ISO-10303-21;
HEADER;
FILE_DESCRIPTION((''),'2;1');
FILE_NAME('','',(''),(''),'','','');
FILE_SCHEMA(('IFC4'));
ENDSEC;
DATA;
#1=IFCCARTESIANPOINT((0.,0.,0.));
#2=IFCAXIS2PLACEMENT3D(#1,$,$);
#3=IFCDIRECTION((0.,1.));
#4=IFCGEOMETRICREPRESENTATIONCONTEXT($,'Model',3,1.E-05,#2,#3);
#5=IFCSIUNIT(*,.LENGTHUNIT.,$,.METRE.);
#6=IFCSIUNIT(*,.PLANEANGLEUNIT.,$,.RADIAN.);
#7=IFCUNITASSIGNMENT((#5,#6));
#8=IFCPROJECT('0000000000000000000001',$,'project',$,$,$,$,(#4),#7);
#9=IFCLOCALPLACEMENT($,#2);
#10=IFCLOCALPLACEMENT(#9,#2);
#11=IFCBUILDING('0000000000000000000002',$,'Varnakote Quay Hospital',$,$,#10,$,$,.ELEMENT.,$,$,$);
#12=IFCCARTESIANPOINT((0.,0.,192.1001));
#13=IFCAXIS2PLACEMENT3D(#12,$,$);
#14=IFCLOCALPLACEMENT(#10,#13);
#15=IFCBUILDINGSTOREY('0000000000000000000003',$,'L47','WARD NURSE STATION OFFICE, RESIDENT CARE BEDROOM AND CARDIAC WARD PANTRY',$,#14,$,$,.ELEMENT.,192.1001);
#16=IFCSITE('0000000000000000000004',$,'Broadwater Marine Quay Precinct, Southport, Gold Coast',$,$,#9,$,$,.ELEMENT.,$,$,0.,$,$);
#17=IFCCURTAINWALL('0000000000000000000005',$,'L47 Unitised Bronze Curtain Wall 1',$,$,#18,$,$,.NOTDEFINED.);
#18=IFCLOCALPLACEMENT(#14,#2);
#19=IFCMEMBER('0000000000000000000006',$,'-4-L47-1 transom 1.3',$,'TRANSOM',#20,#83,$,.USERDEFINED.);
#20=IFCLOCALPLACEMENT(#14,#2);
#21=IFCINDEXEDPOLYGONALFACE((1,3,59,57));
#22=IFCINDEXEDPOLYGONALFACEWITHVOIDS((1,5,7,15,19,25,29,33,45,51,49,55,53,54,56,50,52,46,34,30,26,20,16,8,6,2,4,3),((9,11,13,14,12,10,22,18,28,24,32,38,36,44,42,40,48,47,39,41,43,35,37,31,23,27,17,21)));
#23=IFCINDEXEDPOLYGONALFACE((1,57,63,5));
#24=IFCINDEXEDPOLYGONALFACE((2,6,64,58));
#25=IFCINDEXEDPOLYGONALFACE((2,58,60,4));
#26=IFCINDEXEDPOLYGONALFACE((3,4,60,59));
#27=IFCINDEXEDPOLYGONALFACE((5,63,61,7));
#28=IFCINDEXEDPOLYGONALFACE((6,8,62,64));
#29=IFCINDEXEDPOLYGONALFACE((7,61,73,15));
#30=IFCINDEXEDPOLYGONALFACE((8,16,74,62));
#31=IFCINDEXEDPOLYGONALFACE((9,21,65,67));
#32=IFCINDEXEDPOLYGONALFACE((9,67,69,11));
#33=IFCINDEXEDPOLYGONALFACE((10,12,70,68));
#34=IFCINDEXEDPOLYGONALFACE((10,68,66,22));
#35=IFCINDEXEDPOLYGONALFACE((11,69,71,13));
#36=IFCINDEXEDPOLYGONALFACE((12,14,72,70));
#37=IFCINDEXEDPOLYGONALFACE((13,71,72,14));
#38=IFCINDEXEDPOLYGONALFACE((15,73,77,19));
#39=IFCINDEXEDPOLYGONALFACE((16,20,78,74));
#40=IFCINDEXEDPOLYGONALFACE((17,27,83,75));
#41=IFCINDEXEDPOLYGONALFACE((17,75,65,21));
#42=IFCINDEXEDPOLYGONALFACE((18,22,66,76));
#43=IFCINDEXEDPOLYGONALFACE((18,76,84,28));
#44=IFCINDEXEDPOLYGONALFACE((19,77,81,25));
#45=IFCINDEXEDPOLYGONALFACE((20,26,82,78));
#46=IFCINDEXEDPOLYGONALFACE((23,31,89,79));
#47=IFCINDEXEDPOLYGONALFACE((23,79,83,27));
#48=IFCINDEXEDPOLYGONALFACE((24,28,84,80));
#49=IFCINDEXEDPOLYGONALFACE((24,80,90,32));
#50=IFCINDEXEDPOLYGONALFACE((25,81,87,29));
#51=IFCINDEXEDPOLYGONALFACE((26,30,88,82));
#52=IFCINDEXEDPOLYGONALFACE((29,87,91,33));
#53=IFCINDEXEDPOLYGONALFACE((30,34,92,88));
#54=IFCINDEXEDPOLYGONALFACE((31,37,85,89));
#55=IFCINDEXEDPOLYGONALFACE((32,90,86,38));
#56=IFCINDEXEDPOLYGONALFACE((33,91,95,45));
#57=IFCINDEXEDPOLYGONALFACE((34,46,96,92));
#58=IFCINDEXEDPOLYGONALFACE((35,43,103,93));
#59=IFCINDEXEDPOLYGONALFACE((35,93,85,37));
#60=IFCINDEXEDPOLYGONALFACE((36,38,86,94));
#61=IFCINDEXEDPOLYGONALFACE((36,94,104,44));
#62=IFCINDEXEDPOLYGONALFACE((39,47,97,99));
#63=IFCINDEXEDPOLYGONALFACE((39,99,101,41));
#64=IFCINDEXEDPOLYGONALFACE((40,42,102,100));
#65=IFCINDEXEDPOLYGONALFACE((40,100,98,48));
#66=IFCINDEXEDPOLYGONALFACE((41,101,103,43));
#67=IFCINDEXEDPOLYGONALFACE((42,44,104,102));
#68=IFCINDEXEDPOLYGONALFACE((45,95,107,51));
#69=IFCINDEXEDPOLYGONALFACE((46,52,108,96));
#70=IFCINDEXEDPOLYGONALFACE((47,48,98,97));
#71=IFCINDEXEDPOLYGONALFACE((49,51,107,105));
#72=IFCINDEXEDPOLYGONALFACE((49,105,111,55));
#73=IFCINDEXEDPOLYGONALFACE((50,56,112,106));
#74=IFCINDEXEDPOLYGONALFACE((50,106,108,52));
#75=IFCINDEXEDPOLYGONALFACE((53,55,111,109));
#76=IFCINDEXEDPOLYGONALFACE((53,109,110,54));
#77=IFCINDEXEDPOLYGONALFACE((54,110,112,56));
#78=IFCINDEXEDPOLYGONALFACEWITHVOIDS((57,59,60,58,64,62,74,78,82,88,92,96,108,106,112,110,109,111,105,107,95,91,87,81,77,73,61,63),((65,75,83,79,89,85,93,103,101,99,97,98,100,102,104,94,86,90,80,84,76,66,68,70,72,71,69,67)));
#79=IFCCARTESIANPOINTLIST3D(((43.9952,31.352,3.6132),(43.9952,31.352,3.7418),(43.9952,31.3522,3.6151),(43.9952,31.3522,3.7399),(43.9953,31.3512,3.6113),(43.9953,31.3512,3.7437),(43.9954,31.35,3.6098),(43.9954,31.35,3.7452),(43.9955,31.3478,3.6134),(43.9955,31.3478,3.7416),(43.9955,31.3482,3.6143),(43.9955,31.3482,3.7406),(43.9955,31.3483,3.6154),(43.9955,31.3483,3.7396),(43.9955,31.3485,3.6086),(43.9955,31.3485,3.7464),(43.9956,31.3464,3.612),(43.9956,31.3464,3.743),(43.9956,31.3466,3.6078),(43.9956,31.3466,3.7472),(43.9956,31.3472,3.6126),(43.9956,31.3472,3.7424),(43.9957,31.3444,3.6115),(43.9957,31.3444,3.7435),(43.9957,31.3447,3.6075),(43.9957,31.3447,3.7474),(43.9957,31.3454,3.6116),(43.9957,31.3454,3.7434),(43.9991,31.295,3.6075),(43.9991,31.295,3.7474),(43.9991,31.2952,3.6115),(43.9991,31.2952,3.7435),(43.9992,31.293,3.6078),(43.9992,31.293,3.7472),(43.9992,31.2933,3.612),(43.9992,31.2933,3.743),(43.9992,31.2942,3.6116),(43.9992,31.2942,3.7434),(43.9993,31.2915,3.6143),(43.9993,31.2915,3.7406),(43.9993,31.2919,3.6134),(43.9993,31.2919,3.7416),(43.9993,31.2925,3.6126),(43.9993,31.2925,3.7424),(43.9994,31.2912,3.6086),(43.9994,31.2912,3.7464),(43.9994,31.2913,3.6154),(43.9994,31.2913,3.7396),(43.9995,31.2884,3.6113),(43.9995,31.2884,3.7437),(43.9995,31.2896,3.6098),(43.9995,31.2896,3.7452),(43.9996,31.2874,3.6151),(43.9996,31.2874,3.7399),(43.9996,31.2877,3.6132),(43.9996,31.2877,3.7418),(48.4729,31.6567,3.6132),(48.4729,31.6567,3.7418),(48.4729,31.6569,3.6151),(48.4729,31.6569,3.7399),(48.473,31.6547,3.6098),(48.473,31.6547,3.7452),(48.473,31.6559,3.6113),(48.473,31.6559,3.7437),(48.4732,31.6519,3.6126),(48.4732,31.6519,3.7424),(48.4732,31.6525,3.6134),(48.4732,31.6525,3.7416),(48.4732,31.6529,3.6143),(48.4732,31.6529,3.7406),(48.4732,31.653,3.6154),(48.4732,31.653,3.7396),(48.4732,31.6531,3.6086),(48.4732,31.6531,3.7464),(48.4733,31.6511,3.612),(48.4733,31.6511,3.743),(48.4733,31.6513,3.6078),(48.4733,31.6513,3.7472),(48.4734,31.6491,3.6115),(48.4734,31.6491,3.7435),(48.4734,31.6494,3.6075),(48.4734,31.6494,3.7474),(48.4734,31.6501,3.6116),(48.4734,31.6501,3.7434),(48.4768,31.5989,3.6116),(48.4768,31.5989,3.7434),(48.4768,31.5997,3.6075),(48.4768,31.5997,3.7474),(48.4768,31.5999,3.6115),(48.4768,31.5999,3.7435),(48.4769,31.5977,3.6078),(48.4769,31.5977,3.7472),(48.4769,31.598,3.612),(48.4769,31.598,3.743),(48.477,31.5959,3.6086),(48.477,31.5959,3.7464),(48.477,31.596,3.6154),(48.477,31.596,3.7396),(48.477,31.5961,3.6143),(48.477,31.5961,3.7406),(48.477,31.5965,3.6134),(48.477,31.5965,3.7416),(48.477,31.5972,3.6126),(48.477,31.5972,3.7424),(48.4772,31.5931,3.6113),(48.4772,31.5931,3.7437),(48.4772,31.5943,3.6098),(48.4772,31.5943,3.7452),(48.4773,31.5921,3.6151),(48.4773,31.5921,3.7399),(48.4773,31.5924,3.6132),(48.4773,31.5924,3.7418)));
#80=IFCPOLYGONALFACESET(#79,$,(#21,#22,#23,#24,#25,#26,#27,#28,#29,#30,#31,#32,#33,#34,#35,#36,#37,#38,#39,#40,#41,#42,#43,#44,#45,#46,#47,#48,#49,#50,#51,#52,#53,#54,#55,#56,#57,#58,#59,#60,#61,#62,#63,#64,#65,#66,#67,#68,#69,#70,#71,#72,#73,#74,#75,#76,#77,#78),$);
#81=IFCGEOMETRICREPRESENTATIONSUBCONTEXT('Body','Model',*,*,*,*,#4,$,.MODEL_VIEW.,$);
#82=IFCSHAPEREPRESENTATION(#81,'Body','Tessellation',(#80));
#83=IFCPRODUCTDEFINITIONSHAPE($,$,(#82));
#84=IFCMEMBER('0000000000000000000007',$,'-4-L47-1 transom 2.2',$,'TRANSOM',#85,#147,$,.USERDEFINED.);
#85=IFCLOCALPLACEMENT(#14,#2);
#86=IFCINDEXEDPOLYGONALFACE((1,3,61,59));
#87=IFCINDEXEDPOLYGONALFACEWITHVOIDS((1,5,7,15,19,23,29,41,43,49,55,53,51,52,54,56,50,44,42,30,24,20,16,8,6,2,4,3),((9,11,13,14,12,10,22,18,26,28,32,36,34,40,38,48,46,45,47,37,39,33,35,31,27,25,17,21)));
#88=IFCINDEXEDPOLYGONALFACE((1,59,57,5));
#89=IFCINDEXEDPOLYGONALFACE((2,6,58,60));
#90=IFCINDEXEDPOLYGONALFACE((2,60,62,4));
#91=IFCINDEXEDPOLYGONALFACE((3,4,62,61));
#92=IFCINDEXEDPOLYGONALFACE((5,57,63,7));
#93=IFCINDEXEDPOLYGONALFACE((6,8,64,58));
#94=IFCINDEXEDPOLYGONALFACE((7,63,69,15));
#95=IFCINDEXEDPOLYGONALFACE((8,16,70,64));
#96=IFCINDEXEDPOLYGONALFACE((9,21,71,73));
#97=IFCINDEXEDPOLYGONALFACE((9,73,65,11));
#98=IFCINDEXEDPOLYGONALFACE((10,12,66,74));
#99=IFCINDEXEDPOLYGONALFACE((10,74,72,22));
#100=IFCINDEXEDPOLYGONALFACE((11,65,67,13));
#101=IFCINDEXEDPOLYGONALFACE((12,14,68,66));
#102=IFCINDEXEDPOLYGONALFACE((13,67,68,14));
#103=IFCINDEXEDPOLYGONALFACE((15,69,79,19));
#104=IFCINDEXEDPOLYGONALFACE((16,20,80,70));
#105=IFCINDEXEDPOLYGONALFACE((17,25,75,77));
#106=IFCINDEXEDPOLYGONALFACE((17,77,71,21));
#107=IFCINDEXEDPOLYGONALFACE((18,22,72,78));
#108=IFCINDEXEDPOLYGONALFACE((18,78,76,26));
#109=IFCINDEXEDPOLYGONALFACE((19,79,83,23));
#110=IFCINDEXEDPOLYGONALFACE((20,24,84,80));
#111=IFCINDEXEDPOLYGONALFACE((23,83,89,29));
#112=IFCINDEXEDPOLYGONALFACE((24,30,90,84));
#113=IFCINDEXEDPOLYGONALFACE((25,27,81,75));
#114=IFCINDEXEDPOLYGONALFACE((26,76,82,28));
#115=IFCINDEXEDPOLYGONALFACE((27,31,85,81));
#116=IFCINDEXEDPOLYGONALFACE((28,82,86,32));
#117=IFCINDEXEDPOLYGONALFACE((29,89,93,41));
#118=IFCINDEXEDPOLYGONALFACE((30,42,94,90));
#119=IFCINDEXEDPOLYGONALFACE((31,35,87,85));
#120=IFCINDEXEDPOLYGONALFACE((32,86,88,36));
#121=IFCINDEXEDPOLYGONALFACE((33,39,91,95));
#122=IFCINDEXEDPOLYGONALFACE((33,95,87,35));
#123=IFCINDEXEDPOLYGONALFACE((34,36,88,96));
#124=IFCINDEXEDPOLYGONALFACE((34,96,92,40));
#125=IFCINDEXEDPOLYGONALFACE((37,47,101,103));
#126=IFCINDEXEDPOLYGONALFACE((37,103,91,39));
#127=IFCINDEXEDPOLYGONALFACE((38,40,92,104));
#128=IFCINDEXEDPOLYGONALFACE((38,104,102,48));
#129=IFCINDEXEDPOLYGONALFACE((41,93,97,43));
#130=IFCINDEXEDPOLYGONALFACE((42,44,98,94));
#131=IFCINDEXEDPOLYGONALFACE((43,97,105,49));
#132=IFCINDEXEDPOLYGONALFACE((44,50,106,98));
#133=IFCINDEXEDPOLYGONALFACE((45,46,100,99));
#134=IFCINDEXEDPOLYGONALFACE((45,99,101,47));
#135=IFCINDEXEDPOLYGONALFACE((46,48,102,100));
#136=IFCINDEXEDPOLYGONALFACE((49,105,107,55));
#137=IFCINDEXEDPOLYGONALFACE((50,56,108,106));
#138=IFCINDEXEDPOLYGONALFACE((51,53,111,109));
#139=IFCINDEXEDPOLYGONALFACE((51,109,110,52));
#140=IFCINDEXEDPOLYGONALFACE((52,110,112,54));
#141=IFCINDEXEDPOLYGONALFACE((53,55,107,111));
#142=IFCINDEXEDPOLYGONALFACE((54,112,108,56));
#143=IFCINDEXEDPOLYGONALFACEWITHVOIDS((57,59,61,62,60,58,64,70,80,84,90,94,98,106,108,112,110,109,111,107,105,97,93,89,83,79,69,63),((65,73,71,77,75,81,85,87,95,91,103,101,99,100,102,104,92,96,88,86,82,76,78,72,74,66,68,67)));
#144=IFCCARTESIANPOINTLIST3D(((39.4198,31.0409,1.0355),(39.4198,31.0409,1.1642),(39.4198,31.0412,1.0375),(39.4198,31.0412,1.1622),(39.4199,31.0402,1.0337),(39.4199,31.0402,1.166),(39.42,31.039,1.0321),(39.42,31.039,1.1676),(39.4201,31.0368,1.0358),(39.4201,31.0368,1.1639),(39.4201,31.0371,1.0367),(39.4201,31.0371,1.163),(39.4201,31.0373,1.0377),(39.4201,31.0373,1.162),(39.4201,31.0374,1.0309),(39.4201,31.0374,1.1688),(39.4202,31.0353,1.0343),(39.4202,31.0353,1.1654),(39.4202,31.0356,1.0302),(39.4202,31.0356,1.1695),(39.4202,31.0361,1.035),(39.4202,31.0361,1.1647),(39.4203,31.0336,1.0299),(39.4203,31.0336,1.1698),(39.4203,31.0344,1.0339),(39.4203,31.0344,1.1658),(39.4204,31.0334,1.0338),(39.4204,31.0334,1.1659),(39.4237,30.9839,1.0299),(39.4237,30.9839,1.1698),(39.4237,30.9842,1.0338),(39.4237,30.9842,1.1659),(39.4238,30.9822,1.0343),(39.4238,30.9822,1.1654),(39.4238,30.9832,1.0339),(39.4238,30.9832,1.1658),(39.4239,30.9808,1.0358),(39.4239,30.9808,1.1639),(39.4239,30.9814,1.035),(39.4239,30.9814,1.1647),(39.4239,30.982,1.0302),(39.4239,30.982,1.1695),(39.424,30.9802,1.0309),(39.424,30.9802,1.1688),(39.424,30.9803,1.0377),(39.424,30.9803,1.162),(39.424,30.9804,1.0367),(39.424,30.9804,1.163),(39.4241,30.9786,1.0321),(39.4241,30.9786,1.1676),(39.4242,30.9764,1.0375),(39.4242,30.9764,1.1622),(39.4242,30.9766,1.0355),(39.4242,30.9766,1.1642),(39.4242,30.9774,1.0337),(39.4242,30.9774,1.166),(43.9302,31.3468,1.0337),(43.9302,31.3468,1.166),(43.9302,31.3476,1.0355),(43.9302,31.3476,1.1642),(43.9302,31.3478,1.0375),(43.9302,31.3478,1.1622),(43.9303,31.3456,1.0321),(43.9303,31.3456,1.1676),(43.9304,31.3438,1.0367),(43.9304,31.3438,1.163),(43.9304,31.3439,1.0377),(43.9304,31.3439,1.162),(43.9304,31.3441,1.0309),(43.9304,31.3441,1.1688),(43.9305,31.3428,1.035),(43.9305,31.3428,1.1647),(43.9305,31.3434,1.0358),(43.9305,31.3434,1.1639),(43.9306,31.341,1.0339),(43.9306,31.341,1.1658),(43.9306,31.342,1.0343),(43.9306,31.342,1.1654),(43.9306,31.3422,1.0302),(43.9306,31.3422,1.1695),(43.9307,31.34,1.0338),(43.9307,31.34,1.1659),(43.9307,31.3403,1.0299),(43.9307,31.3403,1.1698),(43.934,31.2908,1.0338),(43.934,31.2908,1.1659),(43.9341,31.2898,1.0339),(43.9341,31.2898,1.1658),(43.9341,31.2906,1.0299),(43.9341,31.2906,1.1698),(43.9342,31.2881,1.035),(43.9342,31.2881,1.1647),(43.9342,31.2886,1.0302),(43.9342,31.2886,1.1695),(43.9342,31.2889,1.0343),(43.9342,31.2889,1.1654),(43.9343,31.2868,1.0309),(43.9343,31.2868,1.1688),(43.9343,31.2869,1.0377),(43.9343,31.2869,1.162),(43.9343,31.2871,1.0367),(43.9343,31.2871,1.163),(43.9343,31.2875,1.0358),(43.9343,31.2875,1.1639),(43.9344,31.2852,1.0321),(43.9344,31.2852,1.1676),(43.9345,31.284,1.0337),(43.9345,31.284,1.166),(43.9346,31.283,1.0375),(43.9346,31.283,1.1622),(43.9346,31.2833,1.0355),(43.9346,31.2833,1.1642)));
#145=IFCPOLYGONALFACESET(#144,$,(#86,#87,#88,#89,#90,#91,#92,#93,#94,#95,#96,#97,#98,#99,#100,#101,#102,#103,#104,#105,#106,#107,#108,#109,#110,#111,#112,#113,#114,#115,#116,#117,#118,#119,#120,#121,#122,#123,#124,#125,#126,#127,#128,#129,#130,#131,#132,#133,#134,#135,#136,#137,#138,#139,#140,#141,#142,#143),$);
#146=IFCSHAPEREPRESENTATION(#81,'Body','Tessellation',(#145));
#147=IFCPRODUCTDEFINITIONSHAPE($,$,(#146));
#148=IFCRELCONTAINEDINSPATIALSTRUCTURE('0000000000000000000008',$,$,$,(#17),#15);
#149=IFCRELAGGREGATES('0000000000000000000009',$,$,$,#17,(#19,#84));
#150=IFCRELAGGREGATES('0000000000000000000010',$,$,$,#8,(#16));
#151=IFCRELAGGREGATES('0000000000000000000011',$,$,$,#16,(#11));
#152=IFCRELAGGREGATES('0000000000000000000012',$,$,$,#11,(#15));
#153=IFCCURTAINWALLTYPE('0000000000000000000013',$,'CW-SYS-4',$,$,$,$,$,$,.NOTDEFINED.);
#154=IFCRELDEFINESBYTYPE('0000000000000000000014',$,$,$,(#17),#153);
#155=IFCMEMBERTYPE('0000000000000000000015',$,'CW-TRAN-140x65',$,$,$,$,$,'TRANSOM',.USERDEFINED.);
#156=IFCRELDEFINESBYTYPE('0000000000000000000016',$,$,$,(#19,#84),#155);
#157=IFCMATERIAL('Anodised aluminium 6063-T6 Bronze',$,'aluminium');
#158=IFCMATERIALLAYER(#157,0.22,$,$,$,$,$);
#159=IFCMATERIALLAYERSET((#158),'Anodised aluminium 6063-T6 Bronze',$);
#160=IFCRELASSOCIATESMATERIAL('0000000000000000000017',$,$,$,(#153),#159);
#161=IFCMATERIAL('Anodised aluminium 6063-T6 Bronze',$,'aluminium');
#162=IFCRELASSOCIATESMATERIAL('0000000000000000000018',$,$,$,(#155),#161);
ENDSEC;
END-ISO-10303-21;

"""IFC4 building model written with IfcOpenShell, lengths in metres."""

from ifc_helpers import new_model, si_unit, direction, frame, origin, origin_2d, place, context, subcontext, project, spatial, hollow_rectangle, extrude, material, layer, layer_set, material_profile, profile_set, type_object, element, aggregate, save


model = new_model("IFC4")

# Units and contexts
model_context = context("Model", 3, precision=1e-05, world=origin(), true_north=direction((0.0, 1.0)))
body_context = subcontext(model_context, "Body", "Model", "MODEL_VIEW")
ifc_project = project(units=[si_unit("LENGTHUNIT", "METRE"), si_unit("PLANEANGLEUNIT", "RADIAN")], contexts=[model_context])

# Site, building, storey
site_placement = place(None, origin())
site = spatial("IfcSite", under=ifc_project, at=site_placement, Name="Broadwater Marine Quay Precinct, Southport, Gold Coast", CompositionType="ELEMENT", RefElevation=0.0)
building_placement = place(site_placement, origin())
building = spatial("IfcBuilding", under=site, at=building_placement, Name="Varnakote Quay Hospital", CompositionType="ELEMENT")
storey_placement = place(building_placement, frame((0.0, 0.0, 192.1001)))
storey = spatial("IfcBuildingStorey", under=building, at=storey_placement, Name="L47", Description="WARD NURSE STATION OFFICE, RESIDENT CARE BEDROOM AND CARDIAC WARD PANTRY", CompositionType="ELEMENT", Elevation=192.1001)

# Curtain wall, members
ifc_material_1 = material(Name="Anodised aluminium 6063-T6 Bronze", Category="aluminium")
ifc_layer_1 = layer(ifc_material_1, 0.22)
ifc_layer_set_1 = layer_set([ifc_layer_1], Name="Anodised aluminium 6063-T6 Bronze")
curtain_wall_type = type_object("IfcCurtainWallType", Name="CW-SYS-4", PredefinedType="NOTDEFINED", material=ifc_layer_set_1)
curtain_wall_placement = place(storey_placement, origin())
curtain_wall = element("IfcCurtainWall", 1, at=curtain_wall_placement, inside=storey, type_object=curtain_wall_type, Name="L47 Unitised Bronze Curtain Wall 1", PredefinedType="NOTDEFINED")
ifc_material_2 = material(Name="Anodised aluminium 6063-T6 Bronze", Category="aluminium")
ifc_material_profile_1 = material_profile(ifc_material_2, hollow_rectangle(XDim=0.0649, YDim=0.1399, WallThickness=0.0039, InnerFilletRadius=0.0039, OuterFilletRadius=0.0076, at=origin_2d()), Name="CW-TRAN-140x65")
ifc_profile_set_1 = profile_set([ifc_material_profile_1], Name="Anodised aluminium 6063-T6 Bronze")
member_type_1 = type_object("IfcMemberType", Name="CW-TRAN-140x65", ElementType="TRANSOM", PredefinedType="USERDEFINED", material=ifc_profile_set_1)
member_1_placement = place(storey_placement, frame((48.4751, 31.6245, 3.6775), z_axis=(-0.997693, -0.067887, 0.0), x_axis=(0.067887, -0.997693, 0.0)))
member_1 = element("IfcMember", 2, at=member_1_placement, type_object=member_type_1, Name="-4-L47-1 transom 1.3", ObjectType="TRANSOM", PredefinedType="USERDEFINED", context=body_context, shape_type="SweptSolid", body=[
    extrude(hollow_rectangle(XDim=0.0649, YDim=0.1399, WallThickness=0.0039, InnerFilletRadius=0.0039, OuterFilletRadius=0.0076, at=origin_2d()), origin(), (0.0, 0.0, 1.0), 4.488),
])
member_2_placement = place(storey_placement, frame((43.9324, 31.3154, 1.0999), z_axis=(-0.997697, -0.067831, 0.0), x_axis=(0.067831, -0.997697, 0.0)))
member_2 = element("IfcMember", 3, at=member_2_placement, type_object=member_type_1, Name="-4-L47-1 transom 2.2", ObjectType="TRANSOM", PredefinedType="USERDEFINED", context=body_context, shape_type="SweptSolid", body=[
    extrude(hollow_rectangle(XDim=0.0649, YDim=0.1399, WallThickness=0.0039, InnerFilletRadius=0.0039, OuterFilletRadius=0.0076, at=origin_2d()), origin(), (0.0, 0.0, 1.0), 4.5208),
])
aggregate(curtain_wall, [member_1, member_2])

save(model, "model.ifc")
